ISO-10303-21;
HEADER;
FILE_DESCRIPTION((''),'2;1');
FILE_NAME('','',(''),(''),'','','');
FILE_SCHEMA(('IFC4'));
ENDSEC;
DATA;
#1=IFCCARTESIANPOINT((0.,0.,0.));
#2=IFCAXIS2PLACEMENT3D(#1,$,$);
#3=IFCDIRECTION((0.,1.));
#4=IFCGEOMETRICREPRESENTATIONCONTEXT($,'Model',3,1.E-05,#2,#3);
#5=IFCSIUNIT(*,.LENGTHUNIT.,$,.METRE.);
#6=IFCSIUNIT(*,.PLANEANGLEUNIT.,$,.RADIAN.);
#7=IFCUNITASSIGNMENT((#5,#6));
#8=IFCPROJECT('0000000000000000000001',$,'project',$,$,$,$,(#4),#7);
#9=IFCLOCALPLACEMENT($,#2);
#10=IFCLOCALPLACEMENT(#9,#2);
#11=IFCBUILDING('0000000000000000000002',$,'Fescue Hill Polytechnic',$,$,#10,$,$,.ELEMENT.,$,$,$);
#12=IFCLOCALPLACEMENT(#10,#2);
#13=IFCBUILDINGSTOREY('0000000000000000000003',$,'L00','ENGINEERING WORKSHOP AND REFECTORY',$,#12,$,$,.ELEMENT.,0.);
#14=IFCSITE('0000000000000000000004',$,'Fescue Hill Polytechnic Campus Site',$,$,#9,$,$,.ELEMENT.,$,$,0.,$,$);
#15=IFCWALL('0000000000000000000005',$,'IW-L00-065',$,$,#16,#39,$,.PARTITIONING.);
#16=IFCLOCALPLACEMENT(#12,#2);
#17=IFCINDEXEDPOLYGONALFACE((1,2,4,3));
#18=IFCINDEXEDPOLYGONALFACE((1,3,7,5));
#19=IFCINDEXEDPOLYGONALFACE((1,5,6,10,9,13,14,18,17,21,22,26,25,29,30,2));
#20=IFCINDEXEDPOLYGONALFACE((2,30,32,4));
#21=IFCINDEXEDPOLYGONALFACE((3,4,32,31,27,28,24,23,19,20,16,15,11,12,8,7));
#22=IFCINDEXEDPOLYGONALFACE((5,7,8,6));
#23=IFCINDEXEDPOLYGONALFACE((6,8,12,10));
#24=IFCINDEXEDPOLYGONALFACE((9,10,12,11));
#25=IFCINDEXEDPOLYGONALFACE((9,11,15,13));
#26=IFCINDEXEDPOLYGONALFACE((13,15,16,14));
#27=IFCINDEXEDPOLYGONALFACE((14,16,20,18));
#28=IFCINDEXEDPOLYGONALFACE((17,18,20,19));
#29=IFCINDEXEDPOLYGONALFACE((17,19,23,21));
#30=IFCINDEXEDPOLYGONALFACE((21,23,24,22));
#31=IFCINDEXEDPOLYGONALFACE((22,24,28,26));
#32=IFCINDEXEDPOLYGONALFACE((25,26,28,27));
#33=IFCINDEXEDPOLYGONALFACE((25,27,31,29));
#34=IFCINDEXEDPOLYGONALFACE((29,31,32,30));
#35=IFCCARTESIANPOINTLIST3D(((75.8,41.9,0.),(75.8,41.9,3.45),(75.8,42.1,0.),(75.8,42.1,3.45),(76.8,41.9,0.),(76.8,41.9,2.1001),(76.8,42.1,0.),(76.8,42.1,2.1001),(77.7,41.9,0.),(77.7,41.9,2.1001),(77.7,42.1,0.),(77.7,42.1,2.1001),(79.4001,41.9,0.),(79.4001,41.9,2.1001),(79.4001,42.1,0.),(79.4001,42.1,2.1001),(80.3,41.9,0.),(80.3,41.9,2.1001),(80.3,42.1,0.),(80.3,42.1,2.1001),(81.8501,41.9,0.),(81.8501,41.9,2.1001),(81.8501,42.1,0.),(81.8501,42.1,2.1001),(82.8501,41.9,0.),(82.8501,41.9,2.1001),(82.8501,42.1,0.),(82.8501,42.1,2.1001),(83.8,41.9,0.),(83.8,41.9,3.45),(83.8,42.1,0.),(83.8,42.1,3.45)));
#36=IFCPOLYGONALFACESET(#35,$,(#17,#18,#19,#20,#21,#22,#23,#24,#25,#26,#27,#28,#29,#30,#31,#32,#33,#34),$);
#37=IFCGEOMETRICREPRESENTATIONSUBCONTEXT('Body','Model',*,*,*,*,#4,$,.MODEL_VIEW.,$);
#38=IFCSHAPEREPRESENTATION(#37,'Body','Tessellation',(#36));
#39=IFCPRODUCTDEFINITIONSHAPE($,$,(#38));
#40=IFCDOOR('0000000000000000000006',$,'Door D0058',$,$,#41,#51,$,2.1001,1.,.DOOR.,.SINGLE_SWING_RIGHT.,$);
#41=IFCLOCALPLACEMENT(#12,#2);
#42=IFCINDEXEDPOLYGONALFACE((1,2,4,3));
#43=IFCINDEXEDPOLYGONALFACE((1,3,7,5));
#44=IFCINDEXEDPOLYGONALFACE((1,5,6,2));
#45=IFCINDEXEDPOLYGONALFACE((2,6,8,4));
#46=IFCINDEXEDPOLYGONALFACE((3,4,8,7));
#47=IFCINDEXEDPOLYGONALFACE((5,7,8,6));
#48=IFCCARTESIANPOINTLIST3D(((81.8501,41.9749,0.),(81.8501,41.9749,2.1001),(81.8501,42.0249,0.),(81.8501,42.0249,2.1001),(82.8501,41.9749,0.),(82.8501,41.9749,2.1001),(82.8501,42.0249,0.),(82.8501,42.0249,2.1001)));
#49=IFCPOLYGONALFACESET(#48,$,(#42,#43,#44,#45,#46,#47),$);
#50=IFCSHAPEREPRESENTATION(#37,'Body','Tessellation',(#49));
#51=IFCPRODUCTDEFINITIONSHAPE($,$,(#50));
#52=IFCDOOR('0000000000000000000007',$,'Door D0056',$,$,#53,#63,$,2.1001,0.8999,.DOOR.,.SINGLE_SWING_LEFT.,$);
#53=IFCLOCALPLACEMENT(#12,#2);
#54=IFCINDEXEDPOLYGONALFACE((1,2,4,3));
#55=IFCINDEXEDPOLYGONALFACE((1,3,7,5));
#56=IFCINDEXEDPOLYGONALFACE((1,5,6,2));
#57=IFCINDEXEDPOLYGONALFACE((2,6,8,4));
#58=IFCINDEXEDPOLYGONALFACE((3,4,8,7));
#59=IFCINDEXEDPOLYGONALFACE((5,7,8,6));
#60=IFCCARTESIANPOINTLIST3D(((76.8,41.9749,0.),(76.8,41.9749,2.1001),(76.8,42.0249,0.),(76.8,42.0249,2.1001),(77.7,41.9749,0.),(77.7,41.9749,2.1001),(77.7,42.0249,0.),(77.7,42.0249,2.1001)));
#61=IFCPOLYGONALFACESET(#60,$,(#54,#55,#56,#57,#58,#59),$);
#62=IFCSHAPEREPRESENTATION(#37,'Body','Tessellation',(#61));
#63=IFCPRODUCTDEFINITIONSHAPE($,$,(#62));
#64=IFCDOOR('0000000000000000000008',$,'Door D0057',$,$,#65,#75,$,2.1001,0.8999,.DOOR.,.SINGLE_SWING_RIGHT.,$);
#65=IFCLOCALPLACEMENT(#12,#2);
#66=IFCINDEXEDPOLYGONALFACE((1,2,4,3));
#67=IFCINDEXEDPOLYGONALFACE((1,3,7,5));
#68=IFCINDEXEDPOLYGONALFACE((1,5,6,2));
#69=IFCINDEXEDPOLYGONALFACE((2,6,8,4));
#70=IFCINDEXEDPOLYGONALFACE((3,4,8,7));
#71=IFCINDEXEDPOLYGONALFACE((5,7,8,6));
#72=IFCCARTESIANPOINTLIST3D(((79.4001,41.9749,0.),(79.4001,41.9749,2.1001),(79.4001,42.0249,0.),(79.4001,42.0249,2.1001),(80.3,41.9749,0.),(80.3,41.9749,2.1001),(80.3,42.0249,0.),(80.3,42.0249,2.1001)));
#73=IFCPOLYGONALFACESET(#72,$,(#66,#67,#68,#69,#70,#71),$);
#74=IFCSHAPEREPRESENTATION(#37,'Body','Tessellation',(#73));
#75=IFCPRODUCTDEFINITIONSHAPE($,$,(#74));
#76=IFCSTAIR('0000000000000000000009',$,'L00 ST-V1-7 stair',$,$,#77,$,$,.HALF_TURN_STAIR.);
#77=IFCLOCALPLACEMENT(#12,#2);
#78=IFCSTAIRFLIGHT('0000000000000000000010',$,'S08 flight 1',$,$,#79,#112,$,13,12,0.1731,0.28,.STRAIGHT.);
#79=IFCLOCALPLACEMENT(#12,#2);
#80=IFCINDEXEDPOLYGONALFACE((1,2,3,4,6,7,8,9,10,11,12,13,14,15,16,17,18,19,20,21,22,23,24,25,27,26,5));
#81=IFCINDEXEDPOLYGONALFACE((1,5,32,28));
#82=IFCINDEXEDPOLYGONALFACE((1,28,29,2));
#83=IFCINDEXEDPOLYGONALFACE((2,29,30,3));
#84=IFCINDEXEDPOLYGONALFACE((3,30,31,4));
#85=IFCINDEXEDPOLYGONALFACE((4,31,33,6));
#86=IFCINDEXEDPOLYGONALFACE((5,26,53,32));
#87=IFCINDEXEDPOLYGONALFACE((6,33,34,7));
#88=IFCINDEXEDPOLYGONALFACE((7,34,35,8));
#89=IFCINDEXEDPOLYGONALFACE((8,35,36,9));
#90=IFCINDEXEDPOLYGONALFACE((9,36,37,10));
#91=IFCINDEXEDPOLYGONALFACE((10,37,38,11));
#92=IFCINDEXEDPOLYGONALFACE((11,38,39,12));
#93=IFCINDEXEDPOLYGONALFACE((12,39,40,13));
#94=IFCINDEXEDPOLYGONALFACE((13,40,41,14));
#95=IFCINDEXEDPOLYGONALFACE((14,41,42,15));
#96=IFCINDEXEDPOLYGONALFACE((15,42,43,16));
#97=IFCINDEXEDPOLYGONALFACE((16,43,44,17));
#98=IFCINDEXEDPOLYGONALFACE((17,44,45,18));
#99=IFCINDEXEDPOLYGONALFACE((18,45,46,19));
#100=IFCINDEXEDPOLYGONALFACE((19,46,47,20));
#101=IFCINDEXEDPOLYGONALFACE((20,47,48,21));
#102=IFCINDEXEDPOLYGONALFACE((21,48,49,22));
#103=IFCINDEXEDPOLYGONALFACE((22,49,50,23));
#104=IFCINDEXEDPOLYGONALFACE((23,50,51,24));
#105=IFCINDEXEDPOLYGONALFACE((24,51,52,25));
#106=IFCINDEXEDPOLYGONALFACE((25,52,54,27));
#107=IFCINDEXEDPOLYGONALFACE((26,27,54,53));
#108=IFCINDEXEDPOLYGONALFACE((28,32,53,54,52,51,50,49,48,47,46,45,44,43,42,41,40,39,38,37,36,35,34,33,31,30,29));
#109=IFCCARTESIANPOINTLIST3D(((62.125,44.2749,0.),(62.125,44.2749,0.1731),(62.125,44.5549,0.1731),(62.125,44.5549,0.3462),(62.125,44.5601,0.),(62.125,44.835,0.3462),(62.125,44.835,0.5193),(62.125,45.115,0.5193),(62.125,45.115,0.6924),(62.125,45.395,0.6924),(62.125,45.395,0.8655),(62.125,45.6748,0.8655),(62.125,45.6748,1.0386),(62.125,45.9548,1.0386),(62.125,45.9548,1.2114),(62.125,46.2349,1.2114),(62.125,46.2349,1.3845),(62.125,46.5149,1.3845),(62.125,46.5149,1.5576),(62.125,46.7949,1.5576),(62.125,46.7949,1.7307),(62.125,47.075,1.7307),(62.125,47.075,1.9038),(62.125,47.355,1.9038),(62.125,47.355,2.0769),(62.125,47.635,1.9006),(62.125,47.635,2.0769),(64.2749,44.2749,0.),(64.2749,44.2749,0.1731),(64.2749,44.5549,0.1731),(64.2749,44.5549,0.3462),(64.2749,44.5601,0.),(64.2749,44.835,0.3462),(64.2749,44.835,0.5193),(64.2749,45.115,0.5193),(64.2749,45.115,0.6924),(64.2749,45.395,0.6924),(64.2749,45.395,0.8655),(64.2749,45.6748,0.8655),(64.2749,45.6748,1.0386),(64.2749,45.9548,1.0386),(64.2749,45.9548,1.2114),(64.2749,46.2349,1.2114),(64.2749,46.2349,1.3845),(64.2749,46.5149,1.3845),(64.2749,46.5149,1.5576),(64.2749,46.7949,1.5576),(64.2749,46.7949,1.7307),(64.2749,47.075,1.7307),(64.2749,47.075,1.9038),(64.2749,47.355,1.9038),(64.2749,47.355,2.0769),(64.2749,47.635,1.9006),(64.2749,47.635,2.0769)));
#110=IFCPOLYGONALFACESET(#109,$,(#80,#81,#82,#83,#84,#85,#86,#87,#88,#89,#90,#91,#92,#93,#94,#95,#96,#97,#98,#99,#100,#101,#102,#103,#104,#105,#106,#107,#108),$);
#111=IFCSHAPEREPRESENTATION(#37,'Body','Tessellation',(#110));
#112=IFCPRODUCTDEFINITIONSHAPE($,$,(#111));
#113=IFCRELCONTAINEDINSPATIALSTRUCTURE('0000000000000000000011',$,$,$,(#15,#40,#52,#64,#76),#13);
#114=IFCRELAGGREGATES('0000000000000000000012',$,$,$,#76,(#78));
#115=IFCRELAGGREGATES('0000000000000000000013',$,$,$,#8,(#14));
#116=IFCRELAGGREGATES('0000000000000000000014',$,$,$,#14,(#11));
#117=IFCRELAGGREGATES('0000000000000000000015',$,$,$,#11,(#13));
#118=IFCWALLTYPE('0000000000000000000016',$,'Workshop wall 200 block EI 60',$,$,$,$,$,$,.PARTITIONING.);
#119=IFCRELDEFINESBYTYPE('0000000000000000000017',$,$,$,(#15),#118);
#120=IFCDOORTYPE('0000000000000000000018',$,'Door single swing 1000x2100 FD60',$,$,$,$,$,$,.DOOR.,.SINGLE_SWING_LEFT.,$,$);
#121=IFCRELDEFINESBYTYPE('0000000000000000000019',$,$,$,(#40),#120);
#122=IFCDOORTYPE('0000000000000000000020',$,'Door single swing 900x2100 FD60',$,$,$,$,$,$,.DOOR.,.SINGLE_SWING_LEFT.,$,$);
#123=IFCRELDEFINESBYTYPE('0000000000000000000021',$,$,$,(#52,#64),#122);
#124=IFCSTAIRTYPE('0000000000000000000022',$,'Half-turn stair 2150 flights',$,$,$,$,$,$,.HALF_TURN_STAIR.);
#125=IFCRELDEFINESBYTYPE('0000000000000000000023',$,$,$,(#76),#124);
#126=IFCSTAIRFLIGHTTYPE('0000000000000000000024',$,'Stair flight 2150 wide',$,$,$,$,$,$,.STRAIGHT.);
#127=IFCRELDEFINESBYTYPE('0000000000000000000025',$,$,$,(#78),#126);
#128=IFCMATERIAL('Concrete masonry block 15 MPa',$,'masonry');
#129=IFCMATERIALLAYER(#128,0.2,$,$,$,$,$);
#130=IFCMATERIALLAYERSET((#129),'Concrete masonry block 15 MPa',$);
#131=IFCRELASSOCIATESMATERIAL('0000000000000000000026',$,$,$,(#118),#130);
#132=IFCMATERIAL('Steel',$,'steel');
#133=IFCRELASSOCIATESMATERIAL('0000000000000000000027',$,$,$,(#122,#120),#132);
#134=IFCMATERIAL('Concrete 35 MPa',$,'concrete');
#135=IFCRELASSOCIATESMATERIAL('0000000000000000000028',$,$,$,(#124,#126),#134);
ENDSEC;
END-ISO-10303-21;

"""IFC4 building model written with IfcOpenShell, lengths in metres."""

from ifc_helpers import new_model, si_unit, direction, frame, frame_2d, origin, place, context, subcontext, project, spatial, polyline, rectangle, outline, extrude, material, layer, layer_set, type_object, element, fill, aggregate, save


model = new_model("IFC4")

# Units and contexts
model_context = context("Model", 3, precision=1e-05, world=origin(), true_north=direction((0.0, 1.0)))
body_context = subcontext(model_context, "Body", "Model", "MODEL_VIEW")
ifc_project = project(units=[si_unit("LENGTHUNIT", "METRE"), si_unit("PLANEANGLEUNIT", "RADIAN")], contexts=[model_context])

# Site, building, storey
site_placement = place(None, origin())
site = spatial("IfcSite", under=ifc_project, at=site_placement, Name="Fescue Hill Polytechnic Campus Site", CompositionType="ELEMENT", RefElevation=0.0)
building_placement = place(site_placement, origin())
building = spatial("IfcBuilding", under=site, at=building_placement, Name="Fescue Hill Polytechnic", CompositionType="ELEMENT")
storey_placement = place(building_placement, origin())
storey = spatial("IfcBuildingStorey", under=building, at=storey_placement, Name="L00", Description="ENGINEERING WORKSHOP AND REFECTORY", CompositionType="ELEMENT", Elevation=0.0)

# Shared definitions
ifc_material_1 = material(Name="Concrete masonry block 15 MPa", Category="masonry")
ifc_layer_1 = layer(ifc_material_1, 0.2)
ifc_layer_set_1 = layer_set([ifc_layer_1], Name="Concrete masonry block 15 MPa")
wall_type_1 = type_object("IfcWallType", Name="Workshop wall 200 block EI 60", PredefinedType="PARTITIONING", material=ifc_layer_set_1)

# Shared definitions
ifc_material_2 = material(Name="Steel", Category="steel")
door_type_1 = type_object("IfcDoorType", Name="Door single swing 900x2100 FD60", OperationType="SINGLE_SWING_LEFT", PredefinedType="DOOR", material=ifc_material_2)

# Wall, openings, doors
wall_1_placement = place(storey_placement, frame((75.8, 42.0, 0.0), z_axis=(0.0, 0.0, 1.0), x_axis=(1.0, 0.0, 0.0)))
wall_1 = element("IfcWall", 1, at=wall_1_placement, inside=storey, type_object=wall_type_1, Name="IW-L00-065", PredefinedType="PARTITIONING", context=body_context, shape_type="SweptSolid", body=[
    extrude(rectangle(XDim=8.0, YDim=0.2, at=frame_2d((4.0, 0.0))), origin(), (0.0, 0.0, 1.0), 3.45),
])
opening_1_placement = place(wall_1_placement, frame((1.0, 0.0, 0.0)))
opening_1 = element("IfcOpeningElement", 2, at=opening_1_placement, cuts=wall_1, PredefinedType="OPENING", context=body_context, shape_type="SweptSolid", body=[
    extrude(rectangle(XDim=0.8999, YDim=2.1001, at=frame_2d((0.45, 1.05))), frame((0.0, 0.1099, 0.0), z_axis=(0.0, -1.0, 0.0), x_axis=(1.0, 0.0, 0.0)), (0.0, 0.0, 1.0), 0.22),
])
opening_2_placement = place(wall_1_placement, frame((3.6001, 0.0, 0.0)))
opening_2 = element("IfcOpeningElement", 3, at=opening_2_placement, cuts=wall_1, PredefinedType="OPENING", context=body_context, shape_type="SweptSolid", body=[
    extrude(rectangle(XDim=0.8999, YDim=2.1001, at=frame_2d((0.45, 1.05))), frame((0.0, 0.1099, 0.0), z_axis=(0.0, -1.0, 0.0), x_axis=(1.0, 0.0, 0.0)), (0.0, 0.0, 1.0), 0.22),
])
opening_3_placement = place(wall_1_placement, frame((6.05, 0.0, 0.0)))
opening_3 = element("IfcOpeningElement", 4, at=opening_3_placement, cuts=wall_1, PredefinedType="OPENING", context=body_context, shape_type="SweptSolid", body=[
    extrude(rectangle(XDim=1.0, YDim=2.1001, at=frame_2d((0.5, 1.05))), frame((0.0, 0.1099, 0.0), z_axis=(0.0, -1.0, 0.0), x_axis=(1.0, 0.0, 0.0)), (0.0, 0.0, 1.0), 0.22),
])
door_type_2 = type_object("IfcDoorType", Name="Door single swing 1000x2100 FD60", OperationType="SINGLE_SWING_LEFT", PredefinedType="DOOR", material=ifc_material_2)
door_1_placement = place(opening_3_placement, origin())
door_1 = element("IfcDoor", 5, at=door_1_placement, inside=storey, type_object=door_type_2, Name="Door D0058", OperationType="SINGLE_SWING_RIGHT", OverallHeight=2.1001, OverallWidth=1.0, PredefinedType="DOOR", context=body_context, shape_type="SweptSolid", body=[
    extrude(rectangle(XDim=1.0, YDim=2.1001, at=frame_2d((0.5, 1.05))), frame((0.0, 0.0249, 0.0), z_axis=(0.0, -1.0, 0.0), x_axis=(1.0, 0.0, 0.0)), (0.0, 0.0, 1.0), 0.05),
])
fill(opening_3, door_1)
door_2_placement = place(opening_1_placement, origin())
door_2 = element("IfcDoor", 6, at=door_2_placement, inside=storey, type_object=door_type_1, Name="Door D0056", OperationType="SINGLE_SWING_LEFT", OverallHeight=2.1001, OverallWidth=0.8999, PredefinedType="DOOR", context=body_context, shape_type="SweptSolid", body=[
    extrude(rectangle(XDim=0.8999, YDim=2.1001, at=frame_2d((0.45, 1.05))), frame((0.0, 0.0249, 0.0), z_axis=(0.0, -1.0, 0.0), x_axis=(1.0, 0.0, 0.0)), (0.0, 0.0, 1.0), 0.05),
])
fill(opening_1, door_2)
door_3_placement = place(opening_2_placement, origin())
door_3 = element("IfcDoor", 7, at=door_3_placement, inside=storey, type_object=door_type_1, Name="Door D0057", OperationType="SINGLE_SWING_RIGHT", OverallHeight=2.1001, OverallWidth=0.8999, PredefinedType="DOOR", context=body_context, shape_type="SweptSolid", body=[
    extrude(rectangle(XDim=0.8999, YDim=2.1001, at=frame_2d((0.45, 1.05))), frame((0.0, 0.0249, 0.0), z_axis=(0.0, -1.0, 0.0), x_axis=(1.0, 0.0, 0.0)), (0.0, 0.0, 1.0), 0.05),
])
fill(opening_2, door_3)

# Stair, stair flight
ifc_material_3 = material(Name="Concrete 35 MPa", Category="concrete")
stair_type = type_object("IfcStairType", Name="Half-turn stair 2150 flights", PredefinedType="HALF_TURN_STAIR", material=ifc_material_3)
stair_placement = place(storey_placement, origin())
stair = element("IfcStair", 8, at=stair_placement, inside=storey, type_object=stair_type, Name="L00 ST-V1-7 stair", PredefinedType="HALF_TURN_STAIR")
stair_flight_type = type_object("IfcStairFlightType", Name="Stair flight 2150 wide", PredefinedType="STRAIGHT", material=ifc_material_3)
stair_flight_placement = place(storey_placement, frame((63.2, 44.2749, 0.0), z_axis=(0.0, 0.0, 1.0), x_axis=(0.0, 1.0, 0.0)))
stair_flight = element("IfcStairFlight", 9, at=stair_flight_placement, type_object=stair_flight_type, Name="S08 flight 1", NumberOfRisers=13, NumberOfTreads=12, PredefinedType="STRAIGHT", RiserHeight=0.1731, TreadLength=0.28, context=body_context, shape_type="SweptSolid", body=[
    extrude(outline(polyline([(0.0, 0.0), (0.0, 0.1731), (0.28, 0.1731), (0.28, 0.3462), (0.5601, 0.3462), (0.5601, 0.5193), (0.8401, 0.5193), (0.8401, 0.6924), (1.1201, 0.6924), (1.1201, 0.8655), (1.3999, 0.8655), (1.3999, 1.0386), (1.6799, 1.0386), (1.6799, 1.2114), (1.96, 1.2114), (1.96, 1.3845), (2.24, 1.3845), (2.24, 1.5576), (2.52, 1.5576), (2.52, 1.7307), (2.8, 1.7307), (2.8, 1.9038), (3.0801, 1.9038), (3.0801, 2.0769), (3.3601, 2.0769), (3.3601, 2.25), (3.3601, 1.9006), (0.2852, 0.0), (0.0, 0.0)])), frame((0.0, 1.075, 0.0), z_axis=(0.0, -1.0, 0.0), x_axis=(1.0, 0.0, 0.0)), (0.0, 0.0, 1.0), 2.1499),
])
aggregate(stair, [stair_flight])

save(model, "model.ifc")
